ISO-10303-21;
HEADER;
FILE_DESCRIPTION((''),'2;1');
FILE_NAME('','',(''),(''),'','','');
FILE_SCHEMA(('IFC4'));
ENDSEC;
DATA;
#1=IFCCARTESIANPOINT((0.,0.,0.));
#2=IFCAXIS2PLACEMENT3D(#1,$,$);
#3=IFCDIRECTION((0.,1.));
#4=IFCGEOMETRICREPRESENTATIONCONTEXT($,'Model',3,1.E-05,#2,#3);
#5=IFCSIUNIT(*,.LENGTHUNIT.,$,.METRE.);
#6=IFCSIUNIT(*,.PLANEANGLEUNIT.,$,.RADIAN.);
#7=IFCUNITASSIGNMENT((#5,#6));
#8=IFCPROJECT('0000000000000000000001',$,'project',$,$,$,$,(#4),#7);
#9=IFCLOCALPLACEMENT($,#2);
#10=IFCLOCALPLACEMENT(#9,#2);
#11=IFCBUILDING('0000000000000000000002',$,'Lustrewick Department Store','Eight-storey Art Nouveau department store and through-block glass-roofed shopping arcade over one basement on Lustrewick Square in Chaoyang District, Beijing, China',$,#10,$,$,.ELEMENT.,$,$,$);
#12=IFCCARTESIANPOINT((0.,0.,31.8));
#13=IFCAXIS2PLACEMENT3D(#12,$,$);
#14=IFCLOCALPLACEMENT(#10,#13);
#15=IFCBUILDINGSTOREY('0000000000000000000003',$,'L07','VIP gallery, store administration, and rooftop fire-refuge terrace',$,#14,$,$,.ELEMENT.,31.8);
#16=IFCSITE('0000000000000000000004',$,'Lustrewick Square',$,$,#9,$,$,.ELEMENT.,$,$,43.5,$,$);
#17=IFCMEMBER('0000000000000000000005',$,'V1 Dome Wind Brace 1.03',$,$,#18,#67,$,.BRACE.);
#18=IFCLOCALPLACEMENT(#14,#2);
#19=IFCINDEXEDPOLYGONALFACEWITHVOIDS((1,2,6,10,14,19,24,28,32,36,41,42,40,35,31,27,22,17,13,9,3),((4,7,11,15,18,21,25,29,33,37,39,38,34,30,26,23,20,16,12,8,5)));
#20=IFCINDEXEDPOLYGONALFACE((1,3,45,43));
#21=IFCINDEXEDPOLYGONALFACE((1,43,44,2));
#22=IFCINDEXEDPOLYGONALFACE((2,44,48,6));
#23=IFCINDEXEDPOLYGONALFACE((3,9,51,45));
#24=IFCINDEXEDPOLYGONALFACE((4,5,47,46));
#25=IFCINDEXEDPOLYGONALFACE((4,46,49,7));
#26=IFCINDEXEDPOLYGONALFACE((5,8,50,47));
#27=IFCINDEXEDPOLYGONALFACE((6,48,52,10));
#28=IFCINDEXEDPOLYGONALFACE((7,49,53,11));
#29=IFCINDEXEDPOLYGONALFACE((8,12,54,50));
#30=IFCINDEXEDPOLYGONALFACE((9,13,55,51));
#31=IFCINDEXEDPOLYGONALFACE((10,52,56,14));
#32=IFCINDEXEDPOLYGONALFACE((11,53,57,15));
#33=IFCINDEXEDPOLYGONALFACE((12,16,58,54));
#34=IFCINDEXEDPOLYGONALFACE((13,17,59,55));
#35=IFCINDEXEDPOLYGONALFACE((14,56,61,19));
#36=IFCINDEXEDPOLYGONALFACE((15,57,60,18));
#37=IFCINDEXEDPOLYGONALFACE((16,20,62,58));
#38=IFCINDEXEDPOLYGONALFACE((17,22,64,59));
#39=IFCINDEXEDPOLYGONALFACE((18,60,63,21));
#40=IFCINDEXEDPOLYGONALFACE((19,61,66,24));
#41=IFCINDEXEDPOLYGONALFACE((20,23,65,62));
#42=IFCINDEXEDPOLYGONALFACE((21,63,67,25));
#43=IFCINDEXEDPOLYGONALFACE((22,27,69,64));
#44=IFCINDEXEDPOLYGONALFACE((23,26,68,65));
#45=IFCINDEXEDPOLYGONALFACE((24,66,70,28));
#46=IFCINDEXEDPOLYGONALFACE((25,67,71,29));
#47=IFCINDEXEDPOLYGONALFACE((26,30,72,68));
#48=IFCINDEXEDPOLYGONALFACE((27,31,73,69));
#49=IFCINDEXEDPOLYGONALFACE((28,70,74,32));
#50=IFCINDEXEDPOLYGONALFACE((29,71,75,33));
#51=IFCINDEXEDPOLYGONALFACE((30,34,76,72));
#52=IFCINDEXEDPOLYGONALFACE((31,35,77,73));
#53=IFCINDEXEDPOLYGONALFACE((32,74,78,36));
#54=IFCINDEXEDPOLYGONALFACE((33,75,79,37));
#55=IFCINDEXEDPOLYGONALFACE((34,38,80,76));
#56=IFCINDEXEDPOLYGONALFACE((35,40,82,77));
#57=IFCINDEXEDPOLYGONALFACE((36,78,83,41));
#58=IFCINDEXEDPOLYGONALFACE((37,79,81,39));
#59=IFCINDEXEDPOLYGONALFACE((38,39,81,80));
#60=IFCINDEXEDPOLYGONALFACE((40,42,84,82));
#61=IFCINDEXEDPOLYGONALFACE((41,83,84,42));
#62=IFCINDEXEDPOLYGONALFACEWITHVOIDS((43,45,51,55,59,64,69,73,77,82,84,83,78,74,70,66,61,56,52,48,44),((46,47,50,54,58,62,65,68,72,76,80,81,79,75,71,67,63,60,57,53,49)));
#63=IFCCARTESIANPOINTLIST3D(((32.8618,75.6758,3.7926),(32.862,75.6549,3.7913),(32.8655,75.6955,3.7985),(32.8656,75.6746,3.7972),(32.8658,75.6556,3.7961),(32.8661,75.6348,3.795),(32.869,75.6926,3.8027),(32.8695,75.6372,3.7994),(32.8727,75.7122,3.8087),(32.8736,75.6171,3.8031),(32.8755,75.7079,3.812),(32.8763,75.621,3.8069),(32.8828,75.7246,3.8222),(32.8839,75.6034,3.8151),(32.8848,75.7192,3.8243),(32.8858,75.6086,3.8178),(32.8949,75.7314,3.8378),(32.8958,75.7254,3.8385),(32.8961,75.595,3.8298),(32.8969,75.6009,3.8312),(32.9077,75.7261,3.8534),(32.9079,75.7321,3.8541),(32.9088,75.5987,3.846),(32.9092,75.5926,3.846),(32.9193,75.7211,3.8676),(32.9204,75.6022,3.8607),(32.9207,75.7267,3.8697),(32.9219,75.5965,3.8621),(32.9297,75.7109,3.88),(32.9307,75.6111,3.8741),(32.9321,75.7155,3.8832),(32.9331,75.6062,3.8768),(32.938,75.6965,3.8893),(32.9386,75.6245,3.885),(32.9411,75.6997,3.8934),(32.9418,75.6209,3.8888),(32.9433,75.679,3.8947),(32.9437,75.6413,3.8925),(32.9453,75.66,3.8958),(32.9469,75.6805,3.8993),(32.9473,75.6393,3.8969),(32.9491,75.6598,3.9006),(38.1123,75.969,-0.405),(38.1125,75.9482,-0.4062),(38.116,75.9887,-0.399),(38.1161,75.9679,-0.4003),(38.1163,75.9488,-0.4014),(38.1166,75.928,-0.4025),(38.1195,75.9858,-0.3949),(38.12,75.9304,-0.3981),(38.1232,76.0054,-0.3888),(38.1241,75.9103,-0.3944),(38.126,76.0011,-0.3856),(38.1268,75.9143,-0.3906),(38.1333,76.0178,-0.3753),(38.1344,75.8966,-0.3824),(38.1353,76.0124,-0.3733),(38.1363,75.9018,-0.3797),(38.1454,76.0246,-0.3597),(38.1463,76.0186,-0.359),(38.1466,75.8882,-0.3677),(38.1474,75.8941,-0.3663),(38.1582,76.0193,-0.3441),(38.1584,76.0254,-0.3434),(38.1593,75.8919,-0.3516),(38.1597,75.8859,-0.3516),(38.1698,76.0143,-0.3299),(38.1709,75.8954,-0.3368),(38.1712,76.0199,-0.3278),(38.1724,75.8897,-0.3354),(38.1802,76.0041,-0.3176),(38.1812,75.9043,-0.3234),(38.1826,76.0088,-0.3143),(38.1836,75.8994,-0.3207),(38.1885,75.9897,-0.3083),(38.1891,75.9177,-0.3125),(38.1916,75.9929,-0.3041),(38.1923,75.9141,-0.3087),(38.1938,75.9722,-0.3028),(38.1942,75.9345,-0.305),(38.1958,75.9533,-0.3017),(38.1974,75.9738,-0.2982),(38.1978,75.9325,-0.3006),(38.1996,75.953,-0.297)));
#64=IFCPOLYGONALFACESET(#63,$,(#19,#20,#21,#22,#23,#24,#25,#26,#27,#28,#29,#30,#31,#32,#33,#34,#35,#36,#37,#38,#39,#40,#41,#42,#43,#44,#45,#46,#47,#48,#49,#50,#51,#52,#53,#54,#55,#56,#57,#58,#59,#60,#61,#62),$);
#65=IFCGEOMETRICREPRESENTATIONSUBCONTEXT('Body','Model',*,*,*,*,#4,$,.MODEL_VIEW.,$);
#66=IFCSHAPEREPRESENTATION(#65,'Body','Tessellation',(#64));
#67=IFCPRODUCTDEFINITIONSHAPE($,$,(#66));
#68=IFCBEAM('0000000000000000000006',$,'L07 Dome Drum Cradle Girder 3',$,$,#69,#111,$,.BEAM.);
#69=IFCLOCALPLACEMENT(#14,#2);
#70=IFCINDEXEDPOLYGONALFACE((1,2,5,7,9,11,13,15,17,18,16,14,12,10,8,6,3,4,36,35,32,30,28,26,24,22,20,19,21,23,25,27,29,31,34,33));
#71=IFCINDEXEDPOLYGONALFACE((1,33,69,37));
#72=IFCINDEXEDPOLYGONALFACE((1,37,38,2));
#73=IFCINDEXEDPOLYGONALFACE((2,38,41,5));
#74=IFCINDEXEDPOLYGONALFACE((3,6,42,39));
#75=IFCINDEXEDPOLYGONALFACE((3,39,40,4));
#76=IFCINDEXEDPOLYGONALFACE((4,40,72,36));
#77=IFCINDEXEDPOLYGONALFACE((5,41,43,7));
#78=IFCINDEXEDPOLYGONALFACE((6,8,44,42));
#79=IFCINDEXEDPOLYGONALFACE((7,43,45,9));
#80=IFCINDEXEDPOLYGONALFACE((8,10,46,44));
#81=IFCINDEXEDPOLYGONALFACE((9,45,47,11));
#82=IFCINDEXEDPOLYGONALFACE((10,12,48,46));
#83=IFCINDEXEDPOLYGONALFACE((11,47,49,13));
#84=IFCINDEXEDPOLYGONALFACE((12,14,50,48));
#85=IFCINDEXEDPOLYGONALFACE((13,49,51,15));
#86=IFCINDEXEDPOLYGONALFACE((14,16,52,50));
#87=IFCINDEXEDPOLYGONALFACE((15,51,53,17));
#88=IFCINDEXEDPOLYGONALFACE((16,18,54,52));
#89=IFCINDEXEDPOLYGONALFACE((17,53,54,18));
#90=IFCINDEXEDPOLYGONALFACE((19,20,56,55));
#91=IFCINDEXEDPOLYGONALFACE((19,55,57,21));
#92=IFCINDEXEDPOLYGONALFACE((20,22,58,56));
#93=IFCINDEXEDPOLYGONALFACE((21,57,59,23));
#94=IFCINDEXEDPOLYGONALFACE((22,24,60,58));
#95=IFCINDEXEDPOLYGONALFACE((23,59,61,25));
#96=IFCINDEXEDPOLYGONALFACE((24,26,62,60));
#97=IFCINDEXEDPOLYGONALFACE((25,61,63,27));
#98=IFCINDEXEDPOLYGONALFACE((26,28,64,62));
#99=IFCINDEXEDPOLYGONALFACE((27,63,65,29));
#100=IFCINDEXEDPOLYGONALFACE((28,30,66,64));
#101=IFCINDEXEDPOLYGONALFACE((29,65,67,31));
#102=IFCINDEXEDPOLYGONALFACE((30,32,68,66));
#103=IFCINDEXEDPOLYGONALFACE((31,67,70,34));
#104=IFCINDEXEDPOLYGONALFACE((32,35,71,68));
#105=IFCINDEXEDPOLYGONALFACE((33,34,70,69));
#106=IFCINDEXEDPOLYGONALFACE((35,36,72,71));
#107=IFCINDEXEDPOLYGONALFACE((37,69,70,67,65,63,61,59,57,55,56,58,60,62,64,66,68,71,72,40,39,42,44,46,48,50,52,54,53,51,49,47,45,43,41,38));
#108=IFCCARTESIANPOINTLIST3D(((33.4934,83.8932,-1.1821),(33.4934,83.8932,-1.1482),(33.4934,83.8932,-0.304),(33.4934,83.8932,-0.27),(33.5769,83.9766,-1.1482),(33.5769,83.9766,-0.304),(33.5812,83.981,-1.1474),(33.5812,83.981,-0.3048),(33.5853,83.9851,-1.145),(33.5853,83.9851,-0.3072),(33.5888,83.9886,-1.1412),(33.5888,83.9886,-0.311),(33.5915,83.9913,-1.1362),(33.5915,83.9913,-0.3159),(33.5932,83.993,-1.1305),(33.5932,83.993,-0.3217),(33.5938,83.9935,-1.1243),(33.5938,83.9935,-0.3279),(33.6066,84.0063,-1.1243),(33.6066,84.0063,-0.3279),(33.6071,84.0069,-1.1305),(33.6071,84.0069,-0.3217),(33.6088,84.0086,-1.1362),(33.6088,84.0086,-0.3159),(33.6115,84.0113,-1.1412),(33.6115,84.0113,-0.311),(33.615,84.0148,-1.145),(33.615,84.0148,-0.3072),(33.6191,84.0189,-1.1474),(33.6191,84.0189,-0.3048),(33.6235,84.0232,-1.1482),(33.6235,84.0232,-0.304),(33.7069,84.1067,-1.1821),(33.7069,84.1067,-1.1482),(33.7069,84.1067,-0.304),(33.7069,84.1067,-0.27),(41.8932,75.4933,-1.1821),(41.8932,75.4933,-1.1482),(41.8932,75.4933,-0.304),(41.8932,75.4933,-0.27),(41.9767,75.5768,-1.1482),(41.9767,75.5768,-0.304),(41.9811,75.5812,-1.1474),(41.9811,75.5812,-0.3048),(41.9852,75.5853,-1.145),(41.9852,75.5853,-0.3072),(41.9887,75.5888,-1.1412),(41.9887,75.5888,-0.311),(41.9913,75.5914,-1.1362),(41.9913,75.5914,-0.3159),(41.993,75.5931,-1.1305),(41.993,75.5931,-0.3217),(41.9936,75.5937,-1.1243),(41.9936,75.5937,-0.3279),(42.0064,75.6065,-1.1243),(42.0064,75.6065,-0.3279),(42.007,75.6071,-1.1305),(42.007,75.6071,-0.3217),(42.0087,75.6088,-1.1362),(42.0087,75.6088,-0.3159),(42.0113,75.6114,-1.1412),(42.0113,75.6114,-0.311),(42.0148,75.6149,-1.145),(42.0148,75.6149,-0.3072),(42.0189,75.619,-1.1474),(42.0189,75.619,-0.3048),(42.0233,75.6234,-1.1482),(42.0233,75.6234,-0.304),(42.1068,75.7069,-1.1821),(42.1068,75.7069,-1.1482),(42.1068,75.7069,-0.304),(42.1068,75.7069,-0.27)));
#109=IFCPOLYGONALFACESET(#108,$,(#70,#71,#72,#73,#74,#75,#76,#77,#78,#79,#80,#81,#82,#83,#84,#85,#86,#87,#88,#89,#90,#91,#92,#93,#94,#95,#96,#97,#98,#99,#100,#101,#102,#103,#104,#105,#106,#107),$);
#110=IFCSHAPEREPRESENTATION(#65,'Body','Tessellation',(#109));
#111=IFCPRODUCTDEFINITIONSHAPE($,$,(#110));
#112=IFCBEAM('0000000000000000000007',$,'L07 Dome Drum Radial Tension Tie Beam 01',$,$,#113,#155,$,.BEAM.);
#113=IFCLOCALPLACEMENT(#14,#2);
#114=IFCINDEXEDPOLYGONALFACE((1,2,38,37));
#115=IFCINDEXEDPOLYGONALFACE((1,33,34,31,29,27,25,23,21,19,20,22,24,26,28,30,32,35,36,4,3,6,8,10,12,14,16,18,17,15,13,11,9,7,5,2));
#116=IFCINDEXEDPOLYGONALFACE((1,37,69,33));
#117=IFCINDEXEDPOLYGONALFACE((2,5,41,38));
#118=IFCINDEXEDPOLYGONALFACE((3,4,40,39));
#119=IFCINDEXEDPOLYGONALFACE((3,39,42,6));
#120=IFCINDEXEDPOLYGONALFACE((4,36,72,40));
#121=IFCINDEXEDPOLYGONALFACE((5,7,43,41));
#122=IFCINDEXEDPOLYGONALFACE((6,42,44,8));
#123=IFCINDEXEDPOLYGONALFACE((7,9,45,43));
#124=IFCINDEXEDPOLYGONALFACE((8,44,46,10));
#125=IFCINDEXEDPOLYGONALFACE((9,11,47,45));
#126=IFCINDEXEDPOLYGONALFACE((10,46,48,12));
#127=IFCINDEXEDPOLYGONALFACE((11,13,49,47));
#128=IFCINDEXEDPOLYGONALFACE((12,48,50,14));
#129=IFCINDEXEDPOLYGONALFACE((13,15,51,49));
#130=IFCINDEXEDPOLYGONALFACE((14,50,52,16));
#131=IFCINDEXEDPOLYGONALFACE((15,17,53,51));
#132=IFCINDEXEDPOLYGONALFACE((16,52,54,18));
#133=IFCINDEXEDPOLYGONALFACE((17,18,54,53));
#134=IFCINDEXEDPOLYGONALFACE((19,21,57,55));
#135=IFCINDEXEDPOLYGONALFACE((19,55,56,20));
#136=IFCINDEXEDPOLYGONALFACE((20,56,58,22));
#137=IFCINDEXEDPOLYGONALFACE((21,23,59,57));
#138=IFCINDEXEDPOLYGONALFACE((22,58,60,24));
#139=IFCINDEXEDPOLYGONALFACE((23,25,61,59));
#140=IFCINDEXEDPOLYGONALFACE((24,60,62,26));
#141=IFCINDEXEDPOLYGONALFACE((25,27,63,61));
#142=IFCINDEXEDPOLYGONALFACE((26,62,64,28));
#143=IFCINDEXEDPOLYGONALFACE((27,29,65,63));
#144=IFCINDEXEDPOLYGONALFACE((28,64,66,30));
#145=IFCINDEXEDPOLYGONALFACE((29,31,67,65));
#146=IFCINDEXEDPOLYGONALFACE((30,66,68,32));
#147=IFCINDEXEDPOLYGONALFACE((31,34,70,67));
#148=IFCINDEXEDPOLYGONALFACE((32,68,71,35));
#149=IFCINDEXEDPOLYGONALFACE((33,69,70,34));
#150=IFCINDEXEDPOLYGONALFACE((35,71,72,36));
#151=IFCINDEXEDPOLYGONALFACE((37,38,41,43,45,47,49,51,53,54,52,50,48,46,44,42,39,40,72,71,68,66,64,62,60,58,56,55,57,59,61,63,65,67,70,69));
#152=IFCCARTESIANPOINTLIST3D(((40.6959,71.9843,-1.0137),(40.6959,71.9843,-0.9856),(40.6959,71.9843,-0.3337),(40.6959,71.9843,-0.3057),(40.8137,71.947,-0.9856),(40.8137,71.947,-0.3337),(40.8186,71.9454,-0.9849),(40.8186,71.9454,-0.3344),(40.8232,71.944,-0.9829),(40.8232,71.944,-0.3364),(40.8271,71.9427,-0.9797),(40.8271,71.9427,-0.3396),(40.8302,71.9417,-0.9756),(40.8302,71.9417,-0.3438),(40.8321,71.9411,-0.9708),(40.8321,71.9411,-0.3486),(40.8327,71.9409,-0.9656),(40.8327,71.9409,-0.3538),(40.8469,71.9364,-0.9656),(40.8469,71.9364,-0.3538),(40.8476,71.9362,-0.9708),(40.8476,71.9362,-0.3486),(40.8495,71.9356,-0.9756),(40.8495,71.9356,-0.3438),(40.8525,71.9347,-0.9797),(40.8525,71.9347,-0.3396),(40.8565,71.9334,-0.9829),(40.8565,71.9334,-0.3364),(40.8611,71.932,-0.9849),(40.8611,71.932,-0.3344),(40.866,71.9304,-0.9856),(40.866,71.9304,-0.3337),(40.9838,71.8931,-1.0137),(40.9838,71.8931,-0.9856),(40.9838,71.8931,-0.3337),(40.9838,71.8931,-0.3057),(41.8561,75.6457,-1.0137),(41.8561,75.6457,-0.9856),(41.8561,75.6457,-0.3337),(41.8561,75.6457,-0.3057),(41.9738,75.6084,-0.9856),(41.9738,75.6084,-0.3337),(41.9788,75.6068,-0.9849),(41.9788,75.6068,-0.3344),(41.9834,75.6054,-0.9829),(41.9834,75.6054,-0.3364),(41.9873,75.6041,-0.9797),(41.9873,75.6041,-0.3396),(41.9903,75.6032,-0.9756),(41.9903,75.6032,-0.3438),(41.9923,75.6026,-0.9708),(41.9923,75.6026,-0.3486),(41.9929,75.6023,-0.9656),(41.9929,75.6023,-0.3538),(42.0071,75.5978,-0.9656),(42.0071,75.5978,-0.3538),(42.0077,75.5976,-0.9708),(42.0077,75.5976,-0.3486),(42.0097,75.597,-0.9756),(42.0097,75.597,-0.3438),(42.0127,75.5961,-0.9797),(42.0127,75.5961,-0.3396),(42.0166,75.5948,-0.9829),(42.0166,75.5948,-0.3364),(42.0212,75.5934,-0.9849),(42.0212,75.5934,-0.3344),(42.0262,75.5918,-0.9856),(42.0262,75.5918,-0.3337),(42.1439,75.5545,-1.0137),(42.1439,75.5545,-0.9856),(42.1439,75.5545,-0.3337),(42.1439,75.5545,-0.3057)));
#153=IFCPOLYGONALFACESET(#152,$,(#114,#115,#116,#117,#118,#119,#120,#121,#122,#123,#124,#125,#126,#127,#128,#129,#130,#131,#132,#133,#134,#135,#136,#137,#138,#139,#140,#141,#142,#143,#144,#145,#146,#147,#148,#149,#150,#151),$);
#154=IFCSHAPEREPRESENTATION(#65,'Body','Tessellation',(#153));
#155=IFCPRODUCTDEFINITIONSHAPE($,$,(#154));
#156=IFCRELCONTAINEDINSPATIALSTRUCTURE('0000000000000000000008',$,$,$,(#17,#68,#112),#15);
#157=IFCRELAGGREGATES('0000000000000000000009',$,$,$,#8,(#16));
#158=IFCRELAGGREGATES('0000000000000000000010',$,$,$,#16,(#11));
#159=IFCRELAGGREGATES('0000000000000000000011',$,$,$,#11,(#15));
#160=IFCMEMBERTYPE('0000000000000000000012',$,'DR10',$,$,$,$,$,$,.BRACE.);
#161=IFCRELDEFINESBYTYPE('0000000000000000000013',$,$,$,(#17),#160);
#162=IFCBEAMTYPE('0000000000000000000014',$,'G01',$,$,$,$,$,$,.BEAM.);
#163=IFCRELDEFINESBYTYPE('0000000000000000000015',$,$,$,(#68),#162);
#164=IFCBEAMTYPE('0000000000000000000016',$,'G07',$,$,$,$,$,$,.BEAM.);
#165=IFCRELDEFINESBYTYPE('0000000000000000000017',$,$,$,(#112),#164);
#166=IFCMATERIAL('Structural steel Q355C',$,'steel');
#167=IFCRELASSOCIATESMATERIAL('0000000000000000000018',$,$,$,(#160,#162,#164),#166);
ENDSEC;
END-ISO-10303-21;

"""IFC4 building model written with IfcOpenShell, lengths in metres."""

from ifc_helpers import new_model, si_unit, direction, frame, origin, origin_2d, place, context, subcontext, project, spatial, hollow_circle, i_section, extrude, material, material_profile, profile_set, type_object, element, save


model = new_model("IFC4")

# Units and contexts
model_context = context("Model", 3, precision=1e-05, world=origin(), true_north=direction((0.0, 1.0)))
body_context = subcontext(model_context, "Body", "Model", "MODEL_VIEW")
ifc_project = project(units=[si_unit("LENGTHUNIT", "METRE"), si_unit("PLANEANGLEUNIT", "RADIAN")], contexts=[model_context])

# Site, building, storey
site_placement = place(None, origin())
site = spatial("IfcSite", under=ifc_project, at=site_placement, Name="Lustrewick Square", CompositionType="ELEMENT", RefElevation=43.5)
building_placement = place(site_placement, origin())
building = spatial("IfcBuilding", under=site, at=building_placement, Name="Lustrewick Department Store", Description="Eight-storey Art Nouveau department store and through-block glass-roofed shopping arcade over one basement on Lustrewick Square in Chaoyang District, Beijing, China", CompositionType="ELEMENT")
storey_placement = place(building_placement, frame((0.0, 0.0, 31.8)))
storey = spatial("IfcBuildingStorey", under=building, at=storey_placement, Name="L07", Description="VIP gallery, store administration, and rooftop fire-refuge terrace", CompositionType="ELEMENT", Elevation=31.8)

# Member
ifc_material_1 = material(Name="Structural steel Q355C", Category="steel")
ifc_material_profile_1 = material_profile(ifc_material_1, hollow_circle(Radius=0.0701, WallThickness=0.0061, at=origin_2d()), Name="CHS 140x6")
ifc_profile_set_1 = profile_set([ifc_material_profile_1], Name="Structural steel Q355C")
member_type_1 = type_object("IfcMemberType", Name="DR10", PredefinedType="BRACE", material=ifc_profile_set_1)
member_1_placement = place(storey_placement, frame((38.1558, 75.9558, -0.3516), z_axis=(-0.780336, -0.043578, 0.623841), x_axis=(0.055758, -0.998444, 0.0)))
element("IfcMember", 1, at=member_1_placement, inside=storey, type_object=member_type_1, Name="V1 Dome Wind Brace 1.03", PredefinedType="BRACE", context=body_context, shape_type="SweptSolid", body=[
    extrude(hollow_circle(Radius=0.0701, WallThickness=0.0061, at=origin_2d()), origin(), (0.0, 0.0, 1.0), 6.7285),
])

# Beams
ifc_material_profile_2 = material_profile(ifc_material_1, i_section(OverallWidth=0.302, OverallDepth=0.9121, WebThickness=0.0181, FlangeThickness=0.0339, FilletRadius=0.0239, at=origin_2d()), Name="HN 912x302x18x34")
ifc_profile_set_2 = profile_set([ifc_material_profile_2], Name="Structural steel Q355C")
beam_type_1 = type_object("IfcBeamType", Name="G01", PredefinedType="BEAM", material=ifc_profile_set_2)
beam_1_placement = place(storey_placement, frame((42.0, 75.6001, -0.7261), z_axis=(-0.707107, 0.707107, 0.0), x_axis=(-0.707107, -0.707107, 0.0)))
element("IfcBeam", 2, at=beam_1_placement, inside=storey, type_object=beam_type_1, Name="L07 Dome Drum Cradle Girder 3", PredefinedType="BEAM", context=body_context, shape_type="SweptSolid", body=[
    extrude(i_section(OverallWidth=0.302, OverallDepth=0.9121, WebThickness=0.0181, FlangeThickness=0.0339, FilletRadius=0.0239, at=origin_2d()), origin(), (0.0, 0.0, 1.0), 11.8792),
])
ifc_material_profile_3 = material_profile(ifc_material_1, i_section(OverallWidth=0.302, OverallDepth=0.708, WebThickness=0.0149, FlangeThickness=0.0281, FilletRadius=0.02, at=origin_2d()), Name="HN 708x302x15x28")
ifc_profile_set_3 = profile_set([ifc_material_profile_3], Name="Structural steel Q355C")
beam_type_2 = type_object("IfcBeamType", Name="G07", PredefinedType="BEAM", material=ifc_profile_set_3)
beam_2_placement = place(storey_placement, frame((42.0, 75.6001, -0.6597), z_axis=(-0.302062, -0.953288, 0.0), x_axis=(0.953288, -0.302062, 0.0)))
element("IfcBeam", 3, at=beam_2_placement, inside=storey, type_object=beam_type_2, Name="L07 Dome Drum Radial Tension Tie Beam 01", PredefinedType="BEAM", context=body_context, shape_type="SweptSolid", body=[
    extrude(i_section(OverallWidth=0.302, OverallDepth=0.708, WebThickness=0.0149, FlangeThickness=0.0281, FilletRadius=0.02, at=origin_2d()), origin(), (0.0, 0.0, 1.0), 3.8408),
])

save(model, "model.ifc")
